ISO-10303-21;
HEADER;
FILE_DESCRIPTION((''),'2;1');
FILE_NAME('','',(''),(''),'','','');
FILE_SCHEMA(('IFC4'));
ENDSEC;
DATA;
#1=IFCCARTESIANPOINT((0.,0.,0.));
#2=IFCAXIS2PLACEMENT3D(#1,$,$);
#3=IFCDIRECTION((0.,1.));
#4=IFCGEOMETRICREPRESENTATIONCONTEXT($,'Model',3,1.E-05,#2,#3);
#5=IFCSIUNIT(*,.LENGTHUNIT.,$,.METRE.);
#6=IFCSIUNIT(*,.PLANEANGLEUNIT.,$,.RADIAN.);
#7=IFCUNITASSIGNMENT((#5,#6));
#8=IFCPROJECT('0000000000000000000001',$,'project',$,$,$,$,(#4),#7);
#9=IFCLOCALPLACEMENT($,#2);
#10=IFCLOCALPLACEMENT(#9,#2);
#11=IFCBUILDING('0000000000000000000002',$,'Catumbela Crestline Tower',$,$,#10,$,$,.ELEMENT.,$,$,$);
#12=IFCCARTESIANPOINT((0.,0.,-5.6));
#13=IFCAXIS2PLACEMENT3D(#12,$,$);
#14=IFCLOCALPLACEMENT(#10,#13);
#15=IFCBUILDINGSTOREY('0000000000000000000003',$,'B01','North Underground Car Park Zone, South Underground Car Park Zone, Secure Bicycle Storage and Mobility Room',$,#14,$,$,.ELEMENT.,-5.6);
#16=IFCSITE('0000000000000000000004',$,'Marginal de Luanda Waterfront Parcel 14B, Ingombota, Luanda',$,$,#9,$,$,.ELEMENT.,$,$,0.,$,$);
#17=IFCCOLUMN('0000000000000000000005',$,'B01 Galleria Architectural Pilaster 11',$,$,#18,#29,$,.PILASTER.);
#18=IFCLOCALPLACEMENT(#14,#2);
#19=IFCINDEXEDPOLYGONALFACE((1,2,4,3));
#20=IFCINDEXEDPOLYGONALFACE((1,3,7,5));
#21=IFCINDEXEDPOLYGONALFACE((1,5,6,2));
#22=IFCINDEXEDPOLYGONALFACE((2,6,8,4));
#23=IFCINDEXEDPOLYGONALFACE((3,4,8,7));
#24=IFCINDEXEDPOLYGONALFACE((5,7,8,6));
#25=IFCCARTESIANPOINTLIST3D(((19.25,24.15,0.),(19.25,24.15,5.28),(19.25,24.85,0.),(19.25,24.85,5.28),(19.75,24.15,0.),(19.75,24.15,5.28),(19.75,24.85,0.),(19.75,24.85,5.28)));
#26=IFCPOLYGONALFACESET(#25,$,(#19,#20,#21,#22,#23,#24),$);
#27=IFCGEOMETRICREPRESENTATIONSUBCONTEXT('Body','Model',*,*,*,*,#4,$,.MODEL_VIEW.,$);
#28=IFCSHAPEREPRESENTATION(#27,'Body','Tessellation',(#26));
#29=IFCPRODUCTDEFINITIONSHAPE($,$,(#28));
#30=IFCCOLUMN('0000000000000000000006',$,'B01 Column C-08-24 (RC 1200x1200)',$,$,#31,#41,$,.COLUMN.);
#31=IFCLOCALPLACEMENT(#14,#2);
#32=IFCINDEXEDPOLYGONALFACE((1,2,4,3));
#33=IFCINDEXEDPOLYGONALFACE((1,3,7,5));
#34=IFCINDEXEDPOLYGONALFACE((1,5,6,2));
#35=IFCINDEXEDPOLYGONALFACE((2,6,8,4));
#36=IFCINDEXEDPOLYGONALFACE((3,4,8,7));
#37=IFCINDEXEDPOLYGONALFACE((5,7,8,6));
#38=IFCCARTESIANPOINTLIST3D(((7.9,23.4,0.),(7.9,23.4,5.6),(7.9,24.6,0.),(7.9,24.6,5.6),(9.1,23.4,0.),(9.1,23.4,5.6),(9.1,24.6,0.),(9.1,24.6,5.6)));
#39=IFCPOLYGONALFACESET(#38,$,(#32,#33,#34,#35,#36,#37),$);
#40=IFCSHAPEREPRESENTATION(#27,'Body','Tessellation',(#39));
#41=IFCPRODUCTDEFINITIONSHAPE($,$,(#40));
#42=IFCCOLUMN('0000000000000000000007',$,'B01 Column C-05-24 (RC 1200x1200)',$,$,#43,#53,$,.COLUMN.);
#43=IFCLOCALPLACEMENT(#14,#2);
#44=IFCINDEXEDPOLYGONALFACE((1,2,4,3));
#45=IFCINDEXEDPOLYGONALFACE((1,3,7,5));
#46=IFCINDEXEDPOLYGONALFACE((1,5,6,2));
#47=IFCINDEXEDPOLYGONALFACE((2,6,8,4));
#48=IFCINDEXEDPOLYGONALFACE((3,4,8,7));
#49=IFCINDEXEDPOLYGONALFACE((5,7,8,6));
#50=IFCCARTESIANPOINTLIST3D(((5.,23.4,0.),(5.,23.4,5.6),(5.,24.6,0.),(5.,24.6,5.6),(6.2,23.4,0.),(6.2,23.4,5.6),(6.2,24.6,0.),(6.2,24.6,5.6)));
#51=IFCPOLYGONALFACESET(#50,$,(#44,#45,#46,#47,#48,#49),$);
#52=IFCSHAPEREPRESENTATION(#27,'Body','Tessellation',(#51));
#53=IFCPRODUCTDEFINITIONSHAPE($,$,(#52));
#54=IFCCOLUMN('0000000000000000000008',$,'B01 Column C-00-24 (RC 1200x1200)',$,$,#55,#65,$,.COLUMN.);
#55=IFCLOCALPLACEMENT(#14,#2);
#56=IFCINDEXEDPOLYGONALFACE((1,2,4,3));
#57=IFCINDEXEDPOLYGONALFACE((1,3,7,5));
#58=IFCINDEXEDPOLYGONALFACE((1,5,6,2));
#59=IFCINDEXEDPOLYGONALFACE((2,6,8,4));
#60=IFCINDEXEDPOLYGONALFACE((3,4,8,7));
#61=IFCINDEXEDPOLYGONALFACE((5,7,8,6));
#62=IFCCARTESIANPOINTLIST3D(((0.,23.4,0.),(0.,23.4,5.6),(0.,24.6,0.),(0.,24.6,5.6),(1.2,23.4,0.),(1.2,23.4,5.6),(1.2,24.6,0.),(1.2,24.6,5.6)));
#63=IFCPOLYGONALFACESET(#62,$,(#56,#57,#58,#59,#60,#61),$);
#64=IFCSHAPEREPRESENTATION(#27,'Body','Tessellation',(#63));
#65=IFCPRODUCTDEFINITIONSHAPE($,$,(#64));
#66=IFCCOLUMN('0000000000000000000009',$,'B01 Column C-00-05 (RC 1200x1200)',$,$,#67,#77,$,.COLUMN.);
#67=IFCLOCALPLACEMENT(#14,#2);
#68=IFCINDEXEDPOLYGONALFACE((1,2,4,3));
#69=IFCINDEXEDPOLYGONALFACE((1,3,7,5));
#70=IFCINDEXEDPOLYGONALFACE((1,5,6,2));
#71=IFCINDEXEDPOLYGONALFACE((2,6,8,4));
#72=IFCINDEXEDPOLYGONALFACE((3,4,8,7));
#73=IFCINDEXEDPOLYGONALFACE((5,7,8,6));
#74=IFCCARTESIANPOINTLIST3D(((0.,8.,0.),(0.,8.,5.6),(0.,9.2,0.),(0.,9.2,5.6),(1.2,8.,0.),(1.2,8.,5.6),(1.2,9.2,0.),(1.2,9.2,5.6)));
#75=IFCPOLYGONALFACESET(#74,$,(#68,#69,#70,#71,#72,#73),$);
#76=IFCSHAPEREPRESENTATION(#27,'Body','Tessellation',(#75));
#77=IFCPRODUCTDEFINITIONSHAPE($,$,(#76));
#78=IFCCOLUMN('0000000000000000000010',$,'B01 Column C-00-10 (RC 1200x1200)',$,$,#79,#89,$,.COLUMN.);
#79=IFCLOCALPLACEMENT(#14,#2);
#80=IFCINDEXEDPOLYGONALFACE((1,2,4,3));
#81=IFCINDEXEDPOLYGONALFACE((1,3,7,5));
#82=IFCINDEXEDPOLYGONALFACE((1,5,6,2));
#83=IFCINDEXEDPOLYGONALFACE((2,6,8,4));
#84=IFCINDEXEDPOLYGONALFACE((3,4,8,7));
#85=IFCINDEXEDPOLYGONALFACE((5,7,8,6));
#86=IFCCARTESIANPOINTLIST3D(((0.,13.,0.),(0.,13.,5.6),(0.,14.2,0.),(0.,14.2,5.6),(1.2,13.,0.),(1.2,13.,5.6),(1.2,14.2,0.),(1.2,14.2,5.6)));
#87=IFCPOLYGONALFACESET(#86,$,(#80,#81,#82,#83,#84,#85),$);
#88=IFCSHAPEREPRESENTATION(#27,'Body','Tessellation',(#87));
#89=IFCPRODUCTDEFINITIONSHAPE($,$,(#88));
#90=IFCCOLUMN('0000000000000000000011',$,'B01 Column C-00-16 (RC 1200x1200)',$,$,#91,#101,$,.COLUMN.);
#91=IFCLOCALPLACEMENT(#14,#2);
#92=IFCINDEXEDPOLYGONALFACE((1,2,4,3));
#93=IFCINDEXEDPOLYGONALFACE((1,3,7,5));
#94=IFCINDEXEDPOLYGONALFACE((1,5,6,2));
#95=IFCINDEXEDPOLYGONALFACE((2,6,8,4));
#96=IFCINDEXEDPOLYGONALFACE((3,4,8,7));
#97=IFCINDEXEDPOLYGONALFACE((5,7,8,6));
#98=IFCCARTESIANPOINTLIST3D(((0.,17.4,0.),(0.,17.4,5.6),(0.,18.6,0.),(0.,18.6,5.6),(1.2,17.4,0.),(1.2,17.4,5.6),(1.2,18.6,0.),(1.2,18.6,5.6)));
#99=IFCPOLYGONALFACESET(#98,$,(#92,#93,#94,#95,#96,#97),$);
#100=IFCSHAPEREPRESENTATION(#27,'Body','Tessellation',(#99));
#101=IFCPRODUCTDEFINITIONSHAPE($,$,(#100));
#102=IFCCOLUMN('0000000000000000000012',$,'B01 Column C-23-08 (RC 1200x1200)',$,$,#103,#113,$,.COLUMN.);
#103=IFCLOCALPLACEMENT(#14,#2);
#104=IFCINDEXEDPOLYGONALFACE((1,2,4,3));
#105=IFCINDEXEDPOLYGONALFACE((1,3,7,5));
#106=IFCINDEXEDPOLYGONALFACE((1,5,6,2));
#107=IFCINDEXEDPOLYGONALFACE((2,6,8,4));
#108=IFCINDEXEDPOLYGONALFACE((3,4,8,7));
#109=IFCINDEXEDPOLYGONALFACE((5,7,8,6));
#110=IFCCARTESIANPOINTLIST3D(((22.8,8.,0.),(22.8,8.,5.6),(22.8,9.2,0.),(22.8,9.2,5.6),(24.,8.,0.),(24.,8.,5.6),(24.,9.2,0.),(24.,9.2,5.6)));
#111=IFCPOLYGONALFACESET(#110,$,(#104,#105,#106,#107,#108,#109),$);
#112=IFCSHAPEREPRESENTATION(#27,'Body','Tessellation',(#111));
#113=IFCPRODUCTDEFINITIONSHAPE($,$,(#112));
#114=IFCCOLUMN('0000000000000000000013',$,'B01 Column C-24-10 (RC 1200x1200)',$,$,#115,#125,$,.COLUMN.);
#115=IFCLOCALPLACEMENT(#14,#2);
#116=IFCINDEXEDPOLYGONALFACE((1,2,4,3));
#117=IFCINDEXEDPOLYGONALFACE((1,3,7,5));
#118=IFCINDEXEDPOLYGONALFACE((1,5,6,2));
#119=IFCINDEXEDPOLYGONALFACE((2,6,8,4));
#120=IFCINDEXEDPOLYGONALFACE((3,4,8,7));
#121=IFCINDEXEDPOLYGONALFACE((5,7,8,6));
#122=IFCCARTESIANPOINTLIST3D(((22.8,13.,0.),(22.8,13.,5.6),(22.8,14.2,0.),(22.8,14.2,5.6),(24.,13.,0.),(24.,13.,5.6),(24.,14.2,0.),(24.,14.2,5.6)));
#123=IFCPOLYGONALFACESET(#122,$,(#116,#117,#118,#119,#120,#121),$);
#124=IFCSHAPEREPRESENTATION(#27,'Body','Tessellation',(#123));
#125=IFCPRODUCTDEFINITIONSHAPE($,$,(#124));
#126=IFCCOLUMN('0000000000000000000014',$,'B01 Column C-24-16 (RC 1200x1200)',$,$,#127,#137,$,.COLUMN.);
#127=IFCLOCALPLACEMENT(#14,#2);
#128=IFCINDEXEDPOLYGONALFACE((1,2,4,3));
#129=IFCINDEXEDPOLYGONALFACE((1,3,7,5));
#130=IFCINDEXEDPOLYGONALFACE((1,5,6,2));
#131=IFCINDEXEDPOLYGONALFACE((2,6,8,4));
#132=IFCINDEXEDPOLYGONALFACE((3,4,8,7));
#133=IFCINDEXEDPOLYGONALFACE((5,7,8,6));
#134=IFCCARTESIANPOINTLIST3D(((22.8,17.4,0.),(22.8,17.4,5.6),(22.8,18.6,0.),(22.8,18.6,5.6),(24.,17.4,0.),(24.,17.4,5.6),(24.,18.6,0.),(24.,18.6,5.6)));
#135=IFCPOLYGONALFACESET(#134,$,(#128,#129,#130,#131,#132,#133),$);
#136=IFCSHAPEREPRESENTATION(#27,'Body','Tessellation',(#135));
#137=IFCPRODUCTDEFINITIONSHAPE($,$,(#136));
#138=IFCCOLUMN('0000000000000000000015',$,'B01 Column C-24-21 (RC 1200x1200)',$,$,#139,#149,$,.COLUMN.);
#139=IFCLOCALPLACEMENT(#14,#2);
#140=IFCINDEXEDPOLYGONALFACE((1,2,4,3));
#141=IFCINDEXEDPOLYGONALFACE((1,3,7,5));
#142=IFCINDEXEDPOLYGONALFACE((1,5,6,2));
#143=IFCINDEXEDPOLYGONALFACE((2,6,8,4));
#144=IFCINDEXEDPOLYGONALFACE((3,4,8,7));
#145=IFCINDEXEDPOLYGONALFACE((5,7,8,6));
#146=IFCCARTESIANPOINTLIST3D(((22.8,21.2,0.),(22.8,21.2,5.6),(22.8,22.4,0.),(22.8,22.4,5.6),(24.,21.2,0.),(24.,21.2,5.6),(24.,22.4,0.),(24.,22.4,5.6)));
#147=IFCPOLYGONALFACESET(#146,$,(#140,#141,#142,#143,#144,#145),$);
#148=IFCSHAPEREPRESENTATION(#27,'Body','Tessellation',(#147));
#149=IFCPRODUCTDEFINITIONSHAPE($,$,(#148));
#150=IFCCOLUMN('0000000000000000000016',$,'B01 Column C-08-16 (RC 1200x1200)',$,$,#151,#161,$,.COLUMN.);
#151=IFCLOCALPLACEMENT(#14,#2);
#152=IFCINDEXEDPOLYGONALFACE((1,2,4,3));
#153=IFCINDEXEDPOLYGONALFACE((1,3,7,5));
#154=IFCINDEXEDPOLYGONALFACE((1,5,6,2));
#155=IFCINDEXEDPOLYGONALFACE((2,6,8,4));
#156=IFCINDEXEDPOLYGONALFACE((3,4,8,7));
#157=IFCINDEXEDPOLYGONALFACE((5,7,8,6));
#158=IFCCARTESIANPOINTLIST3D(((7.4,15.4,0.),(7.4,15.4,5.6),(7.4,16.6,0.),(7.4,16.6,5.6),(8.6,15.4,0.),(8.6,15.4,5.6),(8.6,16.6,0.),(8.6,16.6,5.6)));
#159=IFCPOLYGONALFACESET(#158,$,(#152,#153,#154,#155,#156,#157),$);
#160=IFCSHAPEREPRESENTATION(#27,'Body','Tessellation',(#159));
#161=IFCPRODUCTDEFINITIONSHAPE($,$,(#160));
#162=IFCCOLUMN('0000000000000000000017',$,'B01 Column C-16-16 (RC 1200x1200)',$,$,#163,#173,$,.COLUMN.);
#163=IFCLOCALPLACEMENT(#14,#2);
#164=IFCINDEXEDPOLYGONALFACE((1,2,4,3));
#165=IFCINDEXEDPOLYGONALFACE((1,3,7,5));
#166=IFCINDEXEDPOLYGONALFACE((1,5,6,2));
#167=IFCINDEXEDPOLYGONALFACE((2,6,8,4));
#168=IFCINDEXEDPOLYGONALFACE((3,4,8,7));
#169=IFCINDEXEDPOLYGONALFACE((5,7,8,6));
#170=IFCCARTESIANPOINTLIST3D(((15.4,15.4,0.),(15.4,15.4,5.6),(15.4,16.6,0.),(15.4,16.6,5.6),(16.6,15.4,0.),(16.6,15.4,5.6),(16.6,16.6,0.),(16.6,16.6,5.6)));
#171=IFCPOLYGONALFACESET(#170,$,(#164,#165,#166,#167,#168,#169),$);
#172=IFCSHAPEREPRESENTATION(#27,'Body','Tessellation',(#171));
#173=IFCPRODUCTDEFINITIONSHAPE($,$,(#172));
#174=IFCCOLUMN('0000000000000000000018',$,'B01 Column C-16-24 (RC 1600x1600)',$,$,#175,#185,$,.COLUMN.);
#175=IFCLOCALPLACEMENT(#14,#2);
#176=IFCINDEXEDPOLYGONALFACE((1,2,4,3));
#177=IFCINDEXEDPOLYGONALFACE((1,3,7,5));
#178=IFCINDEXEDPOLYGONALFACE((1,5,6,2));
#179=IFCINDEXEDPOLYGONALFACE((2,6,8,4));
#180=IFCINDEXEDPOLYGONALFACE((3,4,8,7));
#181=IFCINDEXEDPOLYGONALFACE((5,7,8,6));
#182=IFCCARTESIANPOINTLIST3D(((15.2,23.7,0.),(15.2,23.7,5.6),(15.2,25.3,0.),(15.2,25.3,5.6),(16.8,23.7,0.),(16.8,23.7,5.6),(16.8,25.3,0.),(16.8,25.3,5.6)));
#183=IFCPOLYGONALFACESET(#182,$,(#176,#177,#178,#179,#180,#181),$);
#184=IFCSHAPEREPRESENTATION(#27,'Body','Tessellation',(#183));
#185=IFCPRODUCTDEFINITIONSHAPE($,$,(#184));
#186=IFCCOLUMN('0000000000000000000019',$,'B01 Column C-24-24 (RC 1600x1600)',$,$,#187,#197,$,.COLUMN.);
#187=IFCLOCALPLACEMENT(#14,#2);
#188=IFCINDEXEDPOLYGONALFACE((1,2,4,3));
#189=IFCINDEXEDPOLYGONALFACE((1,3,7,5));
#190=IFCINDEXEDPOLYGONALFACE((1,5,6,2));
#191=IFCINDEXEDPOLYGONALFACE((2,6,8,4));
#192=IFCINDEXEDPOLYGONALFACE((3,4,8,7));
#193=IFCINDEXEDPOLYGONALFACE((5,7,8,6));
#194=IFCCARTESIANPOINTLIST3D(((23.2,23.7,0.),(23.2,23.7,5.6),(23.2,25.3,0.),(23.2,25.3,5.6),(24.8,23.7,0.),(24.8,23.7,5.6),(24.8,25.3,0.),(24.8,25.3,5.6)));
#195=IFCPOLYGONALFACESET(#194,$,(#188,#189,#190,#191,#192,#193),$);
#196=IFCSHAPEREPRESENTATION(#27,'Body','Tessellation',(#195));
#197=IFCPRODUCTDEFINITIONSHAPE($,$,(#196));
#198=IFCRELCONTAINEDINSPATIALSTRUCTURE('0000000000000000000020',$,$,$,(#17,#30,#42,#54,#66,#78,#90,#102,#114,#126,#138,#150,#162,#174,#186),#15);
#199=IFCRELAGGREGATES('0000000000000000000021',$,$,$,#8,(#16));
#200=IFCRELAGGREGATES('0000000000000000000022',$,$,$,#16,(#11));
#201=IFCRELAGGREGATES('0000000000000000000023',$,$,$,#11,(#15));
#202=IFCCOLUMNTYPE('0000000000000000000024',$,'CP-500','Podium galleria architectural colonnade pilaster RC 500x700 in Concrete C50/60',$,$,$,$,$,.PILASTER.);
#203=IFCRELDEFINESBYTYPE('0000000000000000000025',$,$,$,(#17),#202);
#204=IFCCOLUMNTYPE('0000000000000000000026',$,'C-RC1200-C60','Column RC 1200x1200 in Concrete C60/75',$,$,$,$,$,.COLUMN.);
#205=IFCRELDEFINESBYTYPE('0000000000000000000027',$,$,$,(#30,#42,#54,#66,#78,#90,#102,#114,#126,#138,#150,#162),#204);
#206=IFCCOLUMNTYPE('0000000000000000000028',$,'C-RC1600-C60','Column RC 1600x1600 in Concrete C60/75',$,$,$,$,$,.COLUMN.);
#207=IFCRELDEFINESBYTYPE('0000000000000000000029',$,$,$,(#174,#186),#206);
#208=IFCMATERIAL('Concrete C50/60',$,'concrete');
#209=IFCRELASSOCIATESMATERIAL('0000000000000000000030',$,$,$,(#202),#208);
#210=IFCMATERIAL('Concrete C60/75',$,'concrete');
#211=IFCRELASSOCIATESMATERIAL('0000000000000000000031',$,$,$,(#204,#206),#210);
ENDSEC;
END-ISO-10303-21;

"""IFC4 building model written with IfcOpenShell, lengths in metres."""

from ifc_helpers import new_model, si_unit, direction, frame, origin, origin_2d, place, context, subcontext, project, spatial, rectangle, extrude, material, material_profile, profile_set, type_object, element, save


model = new_model("IFC4")

# Units and contexts
model_context = context("Model", 3, precision=1e-05, world=origin(), true_north=direction((0.0, 1.0)))
body_context = subcontext(model_context, "Body", "Model", "MODEL_VIEW")
ifc_project = project(units=[si_unit("LENGTHUNIT", "METRE"), si_unit("PLANEANGLEUNIT", "RADIAN")], contexts=[model_context])

# Site, building, storey
site_placement = place(None, origin())
site = spatial("IfcSite", under=ifc_project, at=site_placement, Name="Marginal de Luanda Waterfront Parcel 14B, Ingombota, Luanda", CompositionType="ELEMENT", RefElevation=0.0)
building_placement = place(site_placement, origin())
building = spatial("IfcBuilding", under=site, at=building_placement, Name="Catumbela Crestline Tower", CompositionType="ELEMENT")
storey_placement = place(building_placement, frame((0.0, 0.0, -5.6)))
storey = spatial("IfcBuildingStorey", under=building, at=storey_placement, Name="B01", Description="North Underground Car Park Zone, South Underground Car Park Zone, Secure Bicycle Storage and Mobility Room", CompositionType="ELEMENT", Elevation=-5.6)

# Columns
ifc_material_1 = material(Name="Concrete C50/60", Category="concrete")
ifc_material_profile_1 = material_profile(ifc_material_1, rectangle(XDim=0.5, YDim=0.7, at=origin_2d()), Name="RC 500x700")
ifc_profile_set_1 = profile_set([ifc_material_profile_1], Name="Concrete C50/60")
column_type_1 = type_object("IfcColumnType", Name="CP-500", Description="Podium galleria architectural colonnade pilaster RC 500x700 in Concrete C50/60", PredefinedType="PILASTER", material=ifc_profile_set_1)
column_placement = place(storey_placement, frame((19.5, 24.5, 0.0), z_axis=(0.0, 0.0, 1.0), x_axis=(1.0, 0.0, 0.0)))
element("IfcColumn", 1, at=column_placement, inside=storey, type_object=column_type_1, Name="B01 Galleria Architectural Pilaster 11", PredefinedType="PILASTER", context=body_context, shape_type="SweptSolid", body=[
    extrude(rectangle(XDim=0.5, YDim=0.7, at=origin_2d()), origin(), (0.0, 0.0, 1.0), 5.28),
])
ifc_material_2 = material(Name="Concrete C60/75", Category="concrete")
ifc_material_profile_2 = material_profile(ifc_material_2, rectangle(XDim=1.2, YDim=1.2, at=origin_2d()), Name="RC 1200x1200")
ifc_profile_set_2 = profile_set([ifc_material_profile_2], Name="Concrete C60/75")
column_type_2 = type_object("IfcColumnType", Name="C-RC1200-C60", Description="Column RC 1200x1200 in Concrete C60/75", PredefinedType="COLUMN", material=ifc_profile_set_2)
for number, where, z_axis, x_axis, name in (
    (2, (8.5, 24.0, 0.0), (0.0, 0.0, 1.0), (1.0, 0.0, 0.0), "B01 Column C-08-24 (RC 1200x1200)"),
    (3, (5.6, 24.0, 0.0), (0.0, 0.0, 1.0), (1.0, 0.0, 0.0), "B01 Column C-05-24 (RC 1200x1200)"),
    (4, (0.6, 24.0, 0.0), (0.0, 0.0, 1.0), (1.0, 0.0, 0.0), "B01 Column C-00-24 (RC 1200x1200)"),
    (5, (0.6, 8.6, 0.0), (0.0, 0.0, 1.0), (1.0, 0.0, 0.0), "B01 Column C-00-05 (RC 1200x1200)"),
    (6, (0.6, 13.6, 0.0), (0.0, 0.0, 1.0), (1.0, 0.0, 0.0), "B01 Column C-00-10 (RC 1200x1200)"),
    (7, (0.6, 18.0, 0.0), (0.0, 0.0, 1.0), (1.0, 0.0, 0.0), "B01 Column C-00-16 (RC 1200x1200)"),
    (8, (23.4, 8.6, 0.0), (0.0, 0.0, 1.0), (1.0, 0.0, 0.0), "B01 Column C-23-08 (RC 1200x1200)"),
    (9, (23.4, 13.6, 0.0), (0.0, 0.0, 1.0), (1.0, 0.0, 0.0), "B01 Column C-24-10 (RC 1200x1200)"),
    (10, (23.4, 18.0, 0.0), (0.0, 0.0, 1.0), (1.0, 0.0, 0.0), "B01 Column C-24-16 (RC 1200x1200)"),
    (11, (23.4, 21.8, 0.0), (0.0, 0.0, 1.0), (1.0, 0.0, 0.0), "B01 Column C-24-21 (RC 1200x1200)"),
    (12, (8.0, 16.0, 0.0), (0.0, 0.0, 1.0), (1.0, 0.0, 0.0), "B01 Column C-08-16 (RC 1200x1200)"),
    (13, (16.0, 16.0, 0.0), (0.0, 0.0, 1.0), (1.0, 0.0, 0.0), "B01 Column C-16-16 (RC 1200x1200)"),
):
    element("IfcColumn", number, at=place(storey_placement, frame(where, z_axis=z_axis, x_axis=x_axis)), inside=storey, type_object=column_type_2, Name=name, PredefinedType="COLUMN", context=body_context, shape_type="SweptSolid", body=[
        extrude(rectangle(XDim=1.2, YDim=1.2, at=origin_2d()), origin(), (0.0, 0.0, 1.0), 5.6),
    ])
ifc_material_profile_3 = material_profile(ifc_material_2, rectangle(XDim=1.6, YDim=1.6, at=origin_2d()), Name="RC 1600x1600")
ifc_profile_set_3 = profile_set([ifc_material_profile_3], Name="Concrete C60/75")
column_type_3 = type_object("IfcColumnType", Name="C-RC1600-C60", Description="Column RC 1600x1600 in Concrete C60/75", PredefinedType="COLUMN", material=ifc_profile_set_3)
for number, where, z_axis, x_axis, name in (
    (14, (16.0, 24.5, 0.0), (0.0, 0.0, 1.0), (1.0, 0.0, 0.0), "B01 Column C-16-24 (RC 1600x1600)"),
    (15, (24.0, 24.5, 0.0), (0.0, 0.0, 1.0), (1.0, 0.0, 0.0), "B01 Column C-24-24 (RC 1600x1600)"),
):
    element("IfcColumn", number, at=place(storey_placement, frame(where, z_axis=z_axis, x_axis=x_axis)), inside=storey, type_object=column_type_3, Name=name, PredefinedType="COLUMN", context=body_context, shape_type="SweptSolid", body=[
        extrude(rectangle(XDim=1.6, YDim=1.6, at=origin_2d()), origin(), (0.0, 0.0, 1.0), 5.6),
    ])

save(model, "model.ifc")
